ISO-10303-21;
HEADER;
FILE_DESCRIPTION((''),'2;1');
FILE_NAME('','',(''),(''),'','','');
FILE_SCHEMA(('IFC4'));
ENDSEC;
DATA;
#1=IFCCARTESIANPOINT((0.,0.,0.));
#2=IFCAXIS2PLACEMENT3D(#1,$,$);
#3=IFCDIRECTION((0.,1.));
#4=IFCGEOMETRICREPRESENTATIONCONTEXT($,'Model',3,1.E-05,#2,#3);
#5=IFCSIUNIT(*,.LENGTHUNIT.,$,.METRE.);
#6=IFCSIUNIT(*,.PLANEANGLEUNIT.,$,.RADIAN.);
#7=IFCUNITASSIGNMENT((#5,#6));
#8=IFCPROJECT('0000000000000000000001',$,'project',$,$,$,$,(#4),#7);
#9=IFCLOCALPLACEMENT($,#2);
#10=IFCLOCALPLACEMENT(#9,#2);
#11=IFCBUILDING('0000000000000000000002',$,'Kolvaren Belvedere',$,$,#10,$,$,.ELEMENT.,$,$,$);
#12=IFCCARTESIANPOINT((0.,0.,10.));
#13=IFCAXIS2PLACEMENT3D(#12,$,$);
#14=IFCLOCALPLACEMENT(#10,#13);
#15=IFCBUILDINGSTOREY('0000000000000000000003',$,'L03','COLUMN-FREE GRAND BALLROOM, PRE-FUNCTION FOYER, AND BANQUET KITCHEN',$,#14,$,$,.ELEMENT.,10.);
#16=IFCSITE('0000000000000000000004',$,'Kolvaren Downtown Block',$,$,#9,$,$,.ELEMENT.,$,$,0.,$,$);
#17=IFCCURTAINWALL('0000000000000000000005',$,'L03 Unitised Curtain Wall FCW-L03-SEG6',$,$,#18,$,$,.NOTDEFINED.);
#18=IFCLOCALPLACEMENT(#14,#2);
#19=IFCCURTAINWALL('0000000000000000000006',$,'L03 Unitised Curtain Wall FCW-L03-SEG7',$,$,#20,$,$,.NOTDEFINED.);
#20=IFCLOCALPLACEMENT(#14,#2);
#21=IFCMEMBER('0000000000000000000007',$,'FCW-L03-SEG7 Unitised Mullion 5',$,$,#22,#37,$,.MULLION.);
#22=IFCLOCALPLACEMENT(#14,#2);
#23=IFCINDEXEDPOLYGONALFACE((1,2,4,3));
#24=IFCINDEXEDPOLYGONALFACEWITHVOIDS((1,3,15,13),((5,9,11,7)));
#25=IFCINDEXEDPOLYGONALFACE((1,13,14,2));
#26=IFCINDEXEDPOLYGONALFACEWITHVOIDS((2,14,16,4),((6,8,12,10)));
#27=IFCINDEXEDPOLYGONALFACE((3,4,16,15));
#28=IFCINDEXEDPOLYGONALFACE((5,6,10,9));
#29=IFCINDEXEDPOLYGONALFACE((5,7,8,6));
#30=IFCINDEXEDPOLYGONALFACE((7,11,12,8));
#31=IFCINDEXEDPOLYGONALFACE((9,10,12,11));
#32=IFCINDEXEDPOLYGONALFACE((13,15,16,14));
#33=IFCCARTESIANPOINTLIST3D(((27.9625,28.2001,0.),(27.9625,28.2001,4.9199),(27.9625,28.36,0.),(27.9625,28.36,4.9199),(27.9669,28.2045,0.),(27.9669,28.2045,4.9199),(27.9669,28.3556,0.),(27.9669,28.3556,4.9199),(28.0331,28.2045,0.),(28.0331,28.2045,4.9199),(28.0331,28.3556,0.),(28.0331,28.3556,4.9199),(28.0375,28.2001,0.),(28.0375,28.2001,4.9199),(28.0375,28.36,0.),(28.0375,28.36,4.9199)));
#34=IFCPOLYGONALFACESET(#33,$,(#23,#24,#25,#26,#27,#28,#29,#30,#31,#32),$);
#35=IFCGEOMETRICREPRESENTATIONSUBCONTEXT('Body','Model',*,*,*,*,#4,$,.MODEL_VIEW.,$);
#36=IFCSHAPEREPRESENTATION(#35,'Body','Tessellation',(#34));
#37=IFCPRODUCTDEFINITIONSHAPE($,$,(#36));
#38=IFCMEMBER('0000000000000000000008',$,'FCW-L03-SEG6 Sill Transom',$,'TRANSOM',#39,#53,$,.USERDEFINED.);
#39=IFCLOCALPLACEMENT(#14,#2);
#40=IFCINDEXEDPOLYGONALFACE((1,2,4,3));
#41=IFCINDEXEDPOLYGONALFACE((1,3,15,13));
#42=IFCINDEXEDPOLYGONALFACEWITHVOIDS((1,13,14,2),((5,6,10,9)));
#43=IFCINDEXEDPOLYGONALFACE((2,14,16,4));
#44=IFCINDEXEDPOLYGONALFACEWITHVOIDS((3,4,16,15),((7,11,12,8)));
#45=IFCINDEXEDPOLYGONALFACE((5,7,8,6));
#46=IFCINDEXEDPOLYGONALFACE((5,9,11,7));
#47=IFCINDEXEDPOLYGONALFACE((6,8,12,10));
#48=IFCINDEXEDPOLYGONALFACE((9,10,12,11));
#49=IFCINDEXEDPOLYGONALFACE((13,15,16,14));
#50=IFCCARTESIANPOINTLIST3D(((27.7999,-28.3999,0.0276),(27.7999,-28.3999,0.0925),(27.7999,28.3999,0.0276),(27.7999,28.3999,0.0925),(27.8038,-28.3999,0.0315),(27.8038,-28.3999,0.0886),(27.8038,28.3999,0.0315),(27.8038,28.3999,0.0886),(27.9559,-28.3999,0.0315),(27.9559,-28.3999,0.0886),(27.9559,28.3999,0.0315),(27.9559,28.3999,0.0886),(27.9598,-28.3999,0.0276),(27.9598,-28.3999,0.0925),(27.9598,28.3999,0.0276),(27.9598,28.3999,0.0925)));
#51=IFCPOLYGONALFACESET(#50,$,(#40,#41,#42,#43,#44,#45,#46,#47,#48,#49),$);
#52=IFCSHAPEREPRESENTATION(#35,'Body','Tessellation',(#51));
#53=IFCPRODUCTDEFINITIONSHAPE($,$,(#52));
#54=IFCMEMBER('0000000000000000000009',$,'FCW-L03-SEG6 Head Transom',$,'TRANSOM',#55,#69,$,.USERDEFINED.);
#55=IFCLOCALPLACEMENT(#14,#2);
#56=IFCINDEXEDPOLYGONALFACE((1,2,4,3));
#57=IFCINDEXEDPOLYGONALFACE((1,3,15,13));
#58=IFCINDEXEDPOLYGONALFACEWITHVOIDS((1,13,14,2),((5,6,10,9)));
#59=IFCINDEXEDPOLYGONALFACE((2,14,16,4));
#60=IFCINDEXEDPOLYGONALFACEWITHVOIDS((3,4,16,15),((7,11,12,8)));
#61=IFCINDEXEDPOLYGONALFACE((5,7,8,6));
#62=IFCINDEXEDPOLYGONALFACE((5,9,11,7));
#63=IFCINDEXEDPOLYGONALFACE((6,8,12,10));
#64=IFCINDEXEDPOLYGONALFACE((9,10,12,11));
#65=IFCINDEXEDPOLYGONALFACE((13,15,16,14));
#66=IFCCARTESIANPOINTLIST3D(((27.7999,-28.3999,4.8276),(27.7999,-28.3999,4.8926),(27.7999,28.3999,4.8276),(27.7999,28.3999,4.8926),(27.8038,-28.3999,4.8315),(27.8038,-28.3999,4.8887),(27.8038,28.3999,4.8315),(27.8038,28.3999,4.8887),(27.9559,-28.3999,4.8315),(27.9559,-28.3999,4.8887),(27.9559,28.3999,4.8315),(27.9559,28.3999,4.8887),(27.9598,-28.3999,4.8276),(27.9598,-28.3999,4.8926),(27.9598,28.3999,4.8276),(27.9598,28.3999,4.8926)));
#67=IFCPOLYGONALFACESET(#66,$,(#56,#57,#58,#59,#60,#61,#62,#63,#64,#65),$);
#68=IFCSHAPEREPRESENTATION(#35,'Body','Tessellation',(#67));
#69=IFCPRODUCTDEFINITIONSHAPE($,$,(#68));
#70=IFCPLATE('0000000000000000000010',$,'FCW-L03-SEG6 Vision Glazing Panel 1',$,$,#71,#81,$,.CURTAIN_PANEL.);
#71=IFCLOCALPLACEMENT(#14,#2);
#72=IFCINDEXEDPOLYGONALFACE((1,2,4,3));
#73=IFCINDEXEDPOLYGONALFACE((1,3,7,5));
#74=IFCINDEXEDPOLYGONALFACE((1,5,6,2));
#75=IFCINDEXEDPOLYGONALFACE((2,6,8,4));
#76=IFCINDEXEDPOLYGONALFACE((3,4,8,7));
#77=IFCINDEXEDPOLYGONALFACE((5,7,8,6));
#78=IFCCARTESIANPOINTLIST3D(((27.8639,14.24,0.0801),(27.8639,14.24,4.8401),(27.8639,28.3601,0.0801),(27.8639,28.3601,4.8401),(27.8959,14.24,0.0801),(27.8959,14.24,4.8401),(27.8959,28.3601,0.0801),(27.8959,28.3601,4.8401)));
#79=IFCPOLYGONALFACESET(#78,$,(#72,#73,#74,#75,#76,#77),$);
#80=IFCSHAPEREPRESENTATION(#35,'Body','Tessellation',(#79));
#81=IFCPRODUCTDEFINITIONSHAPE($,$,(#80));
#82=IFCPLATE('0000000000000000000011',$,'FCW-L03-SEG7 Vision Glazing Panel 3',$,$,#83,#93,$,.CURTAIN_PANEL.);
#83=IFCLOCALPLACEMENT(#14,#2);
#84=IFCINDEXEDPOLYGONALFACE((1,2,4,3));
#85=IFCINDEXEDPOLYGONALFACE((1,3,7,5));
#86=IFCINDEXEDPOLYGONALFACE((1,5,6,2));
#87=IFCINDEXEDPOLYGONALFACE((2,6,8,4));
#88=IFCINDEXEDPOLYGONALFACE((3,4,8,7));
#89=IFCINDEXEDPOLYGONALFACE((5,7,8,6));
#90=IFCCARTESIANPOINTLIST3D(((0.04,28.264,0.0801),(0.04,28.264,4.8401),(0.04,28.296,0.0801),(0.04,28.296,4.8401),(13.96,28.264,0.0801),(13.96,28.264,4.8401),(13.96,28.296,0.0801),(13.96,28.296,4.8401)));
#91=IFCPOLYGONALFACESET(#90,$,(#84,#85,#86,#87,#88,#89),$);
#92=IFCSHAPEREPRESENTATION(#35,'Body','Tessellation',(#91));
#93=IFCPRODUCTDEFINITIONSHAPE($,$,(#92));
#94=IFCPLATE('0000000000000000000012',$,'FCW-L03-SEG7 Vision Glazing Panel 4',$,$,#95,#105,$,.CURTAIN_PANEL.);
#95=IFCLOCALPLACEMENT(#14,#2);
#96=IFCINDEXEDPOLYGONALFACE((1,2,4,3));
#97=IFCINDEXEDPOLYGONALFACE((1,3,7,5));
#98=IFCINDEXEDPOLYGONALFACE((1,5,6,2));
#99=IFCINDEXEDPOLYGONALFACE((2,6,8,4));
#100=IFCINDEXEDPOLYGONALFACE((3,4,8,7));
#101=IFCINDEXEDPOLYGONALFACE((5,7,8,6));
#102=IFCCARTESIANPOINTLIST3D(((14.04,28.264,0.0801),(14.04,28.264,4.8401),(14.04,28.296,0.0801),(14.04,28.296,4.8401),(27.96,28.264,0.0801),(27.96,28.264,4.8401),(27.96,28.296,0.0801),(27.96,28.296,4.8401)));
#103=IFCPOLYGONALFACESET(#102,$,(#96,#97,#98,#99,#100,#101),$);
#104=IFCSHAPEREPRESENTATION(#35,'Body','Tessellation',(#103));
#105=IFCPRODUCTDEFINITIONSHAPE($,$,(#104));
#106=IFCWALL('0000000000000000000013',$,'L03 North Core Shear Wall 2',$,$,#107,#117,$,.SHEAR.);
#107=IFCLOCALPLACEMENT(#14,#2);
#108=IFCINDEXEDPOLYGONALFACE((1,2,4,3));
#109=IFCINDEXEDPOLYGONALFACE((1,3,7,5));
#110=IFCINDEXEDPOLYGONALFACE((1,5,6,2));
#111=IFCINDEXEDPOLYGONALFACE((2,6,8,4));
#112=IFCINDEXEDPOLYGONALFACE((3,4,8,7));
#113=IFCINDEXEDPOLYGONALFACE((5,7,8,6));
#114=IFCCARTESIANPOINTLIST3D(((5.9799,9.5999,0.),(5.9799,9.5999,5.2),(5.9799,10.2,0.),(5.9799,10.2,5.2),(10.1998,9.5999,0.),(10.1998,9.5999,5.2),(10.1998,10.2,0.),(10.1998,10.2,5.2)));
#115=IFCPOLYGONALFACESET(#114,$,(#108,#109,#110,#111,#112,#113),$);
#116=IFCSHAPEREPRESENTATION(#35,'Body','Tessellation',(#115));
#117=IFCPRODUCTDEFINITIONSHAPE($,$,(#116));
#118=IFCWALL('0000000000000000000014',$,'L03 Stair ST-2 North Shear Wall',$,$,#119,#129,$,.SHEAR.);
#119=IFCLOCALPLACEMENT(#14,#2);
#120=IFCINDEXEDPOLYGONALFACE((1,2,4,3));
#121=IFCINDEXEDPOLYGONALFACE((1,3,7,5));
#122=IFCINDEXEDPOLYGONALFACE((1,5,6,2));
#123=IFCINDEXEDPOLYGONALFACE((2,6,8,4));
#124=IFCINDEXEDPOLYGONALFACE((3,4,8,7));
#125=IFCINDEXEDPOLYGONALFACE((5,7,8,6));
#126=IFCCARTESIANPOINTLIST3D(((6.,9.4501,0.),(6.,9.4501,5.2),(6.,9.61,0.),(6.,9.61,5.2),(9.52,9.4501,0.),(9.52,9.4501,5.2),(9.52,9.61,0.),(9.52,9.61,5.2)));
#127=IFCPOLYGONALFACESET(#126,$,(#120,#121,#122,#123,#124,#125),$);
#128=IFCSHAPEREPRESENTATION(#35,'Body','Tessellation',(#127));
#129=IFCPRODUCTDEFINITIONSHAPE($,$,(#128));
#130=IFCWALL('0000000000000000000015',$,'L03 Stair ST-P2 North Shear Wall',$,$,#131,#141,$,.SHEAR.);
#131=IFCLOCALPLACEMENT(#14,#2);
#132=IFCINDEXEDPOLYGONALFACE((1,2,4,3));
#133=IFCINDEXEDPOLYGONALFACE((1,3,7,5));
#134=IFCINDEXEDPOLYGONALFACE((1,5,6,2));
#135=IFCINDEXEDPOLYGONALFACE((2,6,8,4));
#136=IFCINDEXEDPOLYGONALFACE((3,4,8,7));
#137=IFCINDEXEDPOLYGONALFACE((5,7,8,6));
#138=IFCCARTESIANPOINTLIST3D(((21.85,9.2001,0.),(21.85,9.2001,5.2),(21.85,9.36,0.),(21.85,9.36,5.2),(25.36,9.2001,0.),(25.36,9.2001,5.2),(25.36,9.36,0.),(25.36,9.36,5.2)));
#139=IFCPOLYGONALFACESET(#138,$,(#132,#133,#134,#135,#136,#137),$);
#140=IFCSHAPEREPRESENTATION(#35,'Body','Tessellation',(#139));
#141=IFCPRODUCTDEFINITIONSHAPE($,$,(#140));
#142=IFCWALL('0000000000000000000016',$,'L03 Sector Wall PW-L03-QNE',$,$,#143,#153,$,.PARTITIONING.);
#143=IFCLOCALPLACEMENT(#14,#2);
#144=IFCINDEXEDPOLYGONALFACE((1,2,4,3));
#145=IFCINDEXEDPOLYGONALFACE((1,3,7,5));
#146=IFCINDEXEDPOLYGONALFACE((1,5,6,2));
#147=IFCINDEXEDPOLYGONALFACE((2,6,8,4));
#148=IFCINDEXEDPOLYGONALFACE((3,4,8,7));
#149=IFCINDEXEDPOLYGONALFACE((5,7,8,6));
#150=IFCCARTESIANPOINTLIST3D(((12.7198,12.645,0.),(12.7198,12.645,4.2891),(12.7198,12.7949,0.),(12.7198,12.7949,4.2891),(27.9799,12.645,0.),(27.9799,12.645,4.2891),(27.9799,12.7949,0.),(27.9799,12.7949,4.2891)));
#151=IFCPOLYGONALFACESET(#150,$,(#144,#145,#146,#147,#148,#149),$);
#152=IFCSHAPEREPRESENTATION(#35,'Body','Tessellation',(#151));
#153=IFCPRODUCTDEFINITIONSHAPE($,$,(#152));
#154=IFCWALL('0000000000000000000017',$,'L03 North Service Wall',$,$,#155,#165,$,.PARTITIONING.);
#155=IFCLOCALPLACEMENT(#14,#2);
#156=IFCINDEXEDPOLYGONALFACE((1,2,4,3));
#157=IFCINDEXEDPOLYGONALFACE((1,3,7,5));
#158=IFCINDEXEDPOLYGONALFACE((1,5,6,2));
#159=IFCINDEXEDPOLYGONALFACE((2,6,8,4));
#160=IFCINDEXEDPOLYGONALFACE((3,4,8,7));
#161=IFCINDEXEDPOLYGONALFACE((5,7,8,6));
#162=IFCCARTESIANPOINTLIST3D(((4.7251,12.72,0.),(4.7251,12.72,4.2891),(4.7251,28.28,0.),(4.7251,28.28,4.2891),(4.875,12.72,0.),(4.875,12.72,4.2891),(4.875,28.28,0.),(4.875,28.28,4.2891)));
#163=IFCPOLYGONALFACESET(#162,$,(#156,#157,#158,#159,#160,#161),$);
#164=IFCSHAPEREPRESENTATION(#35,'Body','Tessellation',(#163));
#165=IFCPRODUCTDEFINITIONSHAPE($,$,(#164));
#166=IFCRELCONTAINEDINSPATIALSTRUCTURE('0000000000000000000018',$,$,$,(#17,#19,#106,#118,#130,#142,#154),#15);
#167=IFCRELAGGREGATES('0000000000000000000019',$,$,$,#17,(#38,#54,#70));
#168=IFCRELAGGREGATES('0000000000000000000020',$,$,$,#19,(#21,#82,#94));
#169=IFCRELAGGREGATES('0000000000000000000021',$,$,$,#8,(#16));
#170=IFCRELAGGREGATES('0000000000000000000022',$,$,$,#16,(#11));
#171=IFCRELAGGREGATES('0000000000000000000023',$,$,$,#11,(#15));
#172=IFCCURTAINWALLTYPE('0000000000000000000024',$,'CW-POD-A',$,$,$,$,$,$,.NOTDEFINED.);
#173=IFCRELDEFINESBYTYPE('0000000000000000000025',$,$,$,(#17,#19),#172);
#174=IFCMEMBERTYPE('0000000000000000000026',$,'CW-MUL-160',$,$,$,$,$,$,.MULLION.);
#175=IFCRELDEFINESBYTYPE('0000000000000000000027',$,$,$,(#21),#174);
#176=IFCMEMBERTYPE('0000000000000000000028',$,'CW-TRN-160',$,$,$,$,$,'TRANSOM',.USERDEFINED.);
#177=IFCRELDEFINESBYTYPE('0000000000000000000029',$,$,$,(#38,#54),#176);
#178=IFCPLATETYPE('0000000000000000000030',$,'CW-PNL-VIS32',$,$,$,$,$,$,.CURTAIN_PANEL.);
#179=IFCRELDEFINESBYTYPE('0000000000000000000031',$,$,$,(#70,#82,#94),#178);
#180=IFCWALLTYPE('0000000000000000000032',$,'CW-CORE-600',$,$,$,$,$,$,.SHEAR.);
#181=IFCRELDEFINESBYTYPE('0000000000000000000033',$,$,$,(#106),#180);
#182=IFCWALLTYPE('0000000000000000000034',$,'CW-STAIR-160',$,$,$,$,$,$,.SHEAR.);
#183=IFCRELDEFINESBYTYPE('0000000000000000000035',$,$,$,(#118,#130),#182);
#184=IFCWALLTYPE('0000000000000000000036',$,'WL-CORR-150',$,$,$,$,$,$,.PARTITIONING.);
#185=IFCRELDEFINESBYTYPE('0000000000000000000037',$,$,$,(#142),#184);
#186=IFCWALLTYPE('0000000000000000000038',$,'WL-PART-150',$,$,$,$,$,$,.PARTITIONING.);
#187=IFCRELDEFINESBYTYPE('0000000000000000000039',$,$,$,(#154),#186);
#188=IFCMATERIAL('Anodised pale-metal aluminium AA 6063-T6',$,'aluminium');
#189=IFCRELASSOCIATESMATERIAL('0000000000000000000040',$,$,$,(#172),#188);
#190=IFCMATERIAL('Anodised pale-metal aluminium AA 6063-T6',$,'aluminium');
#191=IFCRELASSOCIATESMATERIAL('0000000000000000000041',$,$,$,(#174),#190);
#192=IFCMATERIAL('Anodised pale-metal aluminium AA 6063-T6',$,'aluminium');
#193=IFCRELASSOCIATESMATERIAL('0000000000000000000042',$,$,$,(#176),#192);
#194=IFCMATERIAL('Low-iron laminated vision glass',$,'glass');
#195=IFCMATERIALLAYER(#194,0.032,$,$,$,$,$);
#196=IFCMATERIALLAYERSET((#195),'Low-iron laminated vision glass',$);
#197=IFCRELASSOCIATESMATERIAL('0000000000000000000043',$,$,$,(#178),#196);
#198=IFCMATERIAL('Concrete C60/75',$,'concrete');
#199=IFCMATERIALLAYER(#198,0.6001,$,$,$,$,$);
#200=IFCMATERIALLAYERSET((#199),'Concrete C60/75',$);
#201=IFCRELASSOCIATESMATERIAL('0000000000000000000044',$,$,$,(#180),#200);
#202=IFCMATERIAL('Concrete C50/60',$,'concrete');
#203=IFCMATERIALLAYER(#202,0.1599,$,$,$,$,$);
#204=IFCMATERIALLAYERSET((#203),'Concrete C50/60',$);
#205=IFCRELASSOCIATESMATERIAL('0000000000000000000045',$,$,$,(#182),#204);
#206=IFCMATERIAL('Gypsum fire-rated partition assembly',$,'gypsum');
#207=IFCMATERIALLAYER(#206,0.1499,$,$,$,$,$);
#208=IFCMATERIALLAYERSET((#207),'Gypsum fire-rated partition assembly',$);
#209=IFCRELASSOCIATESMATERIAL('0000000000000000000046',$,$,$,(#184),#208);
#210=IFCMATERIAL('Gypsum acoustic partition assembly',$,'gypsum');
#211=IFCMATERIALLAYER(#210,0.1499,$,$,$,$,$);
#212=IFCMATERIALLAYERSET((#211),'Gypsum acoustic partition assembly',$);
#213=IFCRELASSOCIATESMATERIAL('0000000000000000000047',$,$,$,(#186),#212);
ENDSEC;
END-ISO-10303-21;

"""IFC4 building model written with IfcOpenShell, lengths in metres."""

from ifc_helpers import new_model, si_unit, direction, frame, frame_2d, origin, origin_2d, place, context, subcontext, project, spatial, rectangle, hollow_rectangle, extrude, material, layer, layer_set, material_profile, profile_set, type_object, element, aggregate, save


model = new_model("IFC4")

# Units and contexts
model_context = context("Model", 3, precision=1e-05, world=origin(), true_north=direction((0.0, 1.0)))
body_context = subcontext(model_context, "Body", "Model", "MODEL_VIEW")
ifc_project = project(units=[si_unit("LENGTHUNIT", "METRE"), si_unit("PLANEANGLEUNIT", "RADIAN")], contexts=[model_context])

# Site, building, storey
site_placement = place(None, origin())
site = spatial("IfcSite", under=ifc_project, at=site_placement, Name="Kolvaren Downtown Block", CompositionType="ELEMENT", RefElevation=0.0)
building_placement = place(site_placement, origin())
building = spatial("IfcBuilding", under=site, at=building_placement, Name="Kolvaren Belvedere", CompositionType="ELEMENT")
storey_placement = place(building_placement, frame((0.0, 0.0, 10.0)))
storey = spatial("IfcBuildingStorey", under=building, at=storey_placement, Name="L03", Description="COLUMN-FREE GRAND BALLROOM, PRE-FUNCTION FOYER, AND BANQUET KITCHEN", CompositionType="ELEMENT", Elevation=10.0)

# Curtain walls, member
ifc_material_1 = material(Name="Anodised pale-metal aluminium AA 6063-T6", Category="aluminium")
curtain_wall_type = type_object("IfcCurtainWallType", Name="CW-POD-A", PredefinedType="NOTDEFINED", material=ifc_material_1)
curtain_wall_1_placement = place(storey_placement, origin())
curtain_wall_1 = element("IfcCurtainWall", 1, at=curtain_wall_1_placement, inside=storey, type_object=curtain_wall_type, Name="L03 Unitised Curtain Wall FCW-L03-SEG6", PredefinedType="NOTDEFINED")
ifc_material_2 = material(Name="Anodised pale-metal aluminium AA 6063-T6", Category="aluminium")
ifc_material_profile_1 = material_profile(ifc_material_2, hollow_rectangle(XDim=0.075, YDim=0.1599, WallThickness=0.0044, at=origin_2d()), Name="ALU-MUL-160X75")
ifc_profile_set_1 = profile_set([ifc_material_profile_1], Name="Anodised pale-metal aluminium AA 6063-T6")
member_type_1 = type_object("IfcMemberType", Name="CW-MUL-160", PredefinedType="MULLION", material=ifc_profile_set_1)
curtain_wall_2_placement = place(storey_placement, origin())
curtain_wall_2 = element("IfcCurtainWall", 2, at=curtain_wall_2_placement, inside=storey, type_object=curtain_wall_type, Name="L03 Unitised Curtain Wall FCW-L03-SEG7", PredefinedType="NOTDEFINED")
member_1_placement = place(storey_placement, frame((28.0, 28.28, 0.0), z_axis=(0.0, 0.0, 1.0), x_axis=(1.0, 0.0, 0.0)))
member_1 = element("IfcMember", 3, at=member_1_placement, type_object=member_type_1, Name="FCW-L03-SEG7 Unitised Mullion 5", PredefinedType="MULLION", context=body_context, shape_type="SweptSolid", body=[
    extrude(hollow_rectangle(XDim=0.075, YDim=0.1599, WallThickness=0.0044, at=origin_2d()), origin(), (0.0, 0.0, 1.0), 4.9199),
])

# Members
ifc_material_3 = material(Name="Anodised pale-metal aluminium AA 6063-T6", Category="aluminium")
ifc_material_profile_2 = material_profile(ifc_material_3, hollow_rectangle(XDim=0.0649, YDim=0.1599, WallThickness=0.0039, at=origin_2d()), Name="ALU-TRN-160X65")
ifc_profile_set_2 = profile_set([ifc_material_profile_2], Name="Anodised pale-metal aluminium AA 6063-T6")
member_type_2 = type_object("IfcMemberType", Name="CW-TRN-160", ElementType="TRANSOM", PredefinedType="USERDEFINED", material=ifc_profile_set_2)
member_2_placement = place(storey_placement, frame((27.8799, 28.3999, 0.0601), z_axis=(0.0, -1.0, 0.0), x_axis=(0.0, 0.0, 1.0)))
member_2 = element("IfcMember", 4, at=member_2_placement, type_object=member_type_2, Name="FCW-L03-SEG6 Sill Transom", ObjectType="TRANSOM", PredefinedType="USERDEFINED", context=body_context, shape_type="SweptSolid", body=[
    extrude(hollow_rectangle(XDim=0.0649, YDim=0.1599, WallThickness=0.0039, at=origin_2d()), origin(), (0.0, 0.0, 1.0), 56.7998),
])
member_3_placement = place(storey_placement, frame((27.8799, 28.3999, 4.8601), z_axis=(0.0, -1.0, 0.0), x_axis=(0.0, 0.0, 1.0)))
member_3 = element("IfcMember", 5, at=member_3_placement, type_object=member_type_2, Name="FCW-L03-SEG6 Head Transom", ObjectType="TRANSOM", PredefinedType="USERDEFINED", context=body_context, shape_type="SweptSolid", body=[
    extrude(hollow_rectangle(XDim=0.0649, YDim=0.1599, WallThickness=0.0039, at=origin_2d()), origin(), (0.0, 0.0, 1.0), 56.7998),
])

# Plates
ifc_material_4 = material(Name="Low-iron laminated vision glass", Category="glass")
ifc_layer_1 = layer(ifc_material_4, 0.032)
ifc_layer_set_1 = layer_set([ifc_layer_1], Name="Low-iron laminated vision glass")
plate_type = type_object("IfcPlateType", Name="CW-PNL-VIS32", PredefinedType="CURTAIN_PANEL", material=ifc_layer_set_1)
plate_1_placement = place(storey_placement, frame((27.8799, 21.3, 0.0801), z_axis=(0.0, 0.0, 1.0), x_axis=(0.0, -1.0, 0.0)))
plate_1 = element("IfcPlate", 6, at=plate_1_placement, type_object=plate_type, Name="FCW-L03-SEG6 Vision Glazing Panel 1", PredefinedType="CURTAIN_PANEL", context=body_context, shape_type="SweptSolid", body=[
    extrude(rectangle(XDim=14.1201, YDim=0.032, at=origin_2d()), origin(), (0.0, 0.0, 1.0), 4.76),
])
aggregate(curtain_wall_1, [member_2, member_3, plate_1])
plate_2_placement = place(storey_placement, frame((7.0, 28.28, 0.0801), z_axis=(0.0, 0.0, 1.0), x_axis=(1.0, 0.0, 0.0)))
plate_2 = element("IfcPlate", 7, at=plate_2_placement, type_object=plate_type, Name="FCW-L03-SEG7 Vision Glazing Panel 3", PredefinedType="CURTAIN_PANEL", context=body_context, shape_type="SweptSolid", body=[
    extrude(rectangle(XDim=13.9199, YDim=0.032, at=origin_2d()), origin(), (0.0, 0.0, 1.0), 4.76),
])
plate_3_placement = place(storey_placement, frame((21.0, 28.28, 0.0801), z_axis=(0.0, 0.0, 1.0), x_axis=(1.0, 0.0, 0.0)))
plate_3 = element("IfcPlate", 8, at=plate_3_placement, type_object=plate_type, Name="FCW-L03-SEG7 Vision Glazing Panel 4", PredefinedType="CURTAIN_PANEL", context=body_context, shape_type="SweptSolid", body=[
    extrude(rectangle(XDim=13.9199, YDim=0.032, at=origin_2d()), origin(), (0.0, 0.0, 1.0), 4.76),
])
aggregate(curtain_wall_2, [member_1, plate_2, plate_3])

# Walls
ifc_material_5 = material(Name="Concrete C60/75", Category="concrete")
ifc_layer_2 = layer(ifc_material_5, 0.6001)
ifc_layer_set_2 = layer_set([ifc_layer_2], Name="Concrete C60/75")
wall_type_1 = type_object("IfcWallType", Name="CW-CORE-600", PredefinedType="SHEAR", material=ifc_layer_set_2)
wall_1_placement = place(storey_placement, frame((5.98, 9.8999, 0.0), z_axis=(0.0, 0.0, 1.0), x_axis=(1.0, 0.0, 0.0)))
element("IfcWall", 9, at=wall_1_placement, inside=storey, type_object=wall_type_1, Name="L03 North Core Shear Wall 2", PredefinedType="SHEAR", context=body_context, shape_type="SweptSolid", body=[
    extrude(rectangle(XDim=4.22, YDim=0.6001, at=frame_2d((2.1099, 0.0))), origin(), (0.0, 0.0, 1.0), 5.2),
])
ifc_material_6 = material(Name="Concrete C50/60", Category="concrete")
ifc_layer_3 = layer(ifc_material_6, 0.1599)
ifc_layer_set_3 = layer_set([ifc_layer_3], Name="Concrete C50/60")
wall_type_2 = type_object("IfcWallType", Name="CW-STAIR-160", PredefinedType="SHEAR", material=ifc_layer_set_3)
wall_2_placement = place(storey_placement, frame((6.0, 9.53, 0.0), z_axis=(0.0, 0.0, 1.0), x_axis=(1.0, 0.0, 0.0)))
element("IfcWall", 10, at=wall_2_placement, inside=storey, type_object=wall_type_2, Name="L03 Stair ST-2 North Shear Wall", PredefinedType="SHEAR", context=body_context, shape_type="SweptSolid", body=[
    extrude(rectangle(XDim=3.52, YDim=0.1599, at=frame_2d((1.76, 0.0))), origin(), (0.0, 0.0, 1.0), 5.2),
])
wall_3_placement = place(storey_placement, frame((21.8501, 9.28, 0.0), z_axis=(0.0, 0.0, 1.0), x_axis=(1.0, 0.0, 0.0)))
element("IfcWall", 11, at=wall_3_placement, inside=storey, type_object=wall_type_2, Name="L03 Stair ST-P2 North Shear Wall", PredefinedType="SHEAR", context=body_context, shape_type="SweptSolid", body=[
    extrude(rectangle(XDim=3.51, YDim=0.1599, at=frame_2d((1.7549, 0.0))), origin(), (0.0, 0.0, 1.0), 5.2),
])
ifc_material_7 = material(Name="Gypsum fire-rated partition assembly", Category="gypsum")
ifc_layer_4 = layer(ifc_material_7, 0.1499)
ifc_layer_set_4 = layer_set([ifc_layer_4], Name="Gypsum fire-rated partition assembly")
wall_type_3 = type_object("IfcWallType", Name="WL-CORR-150", PredefinedType="PARTITIONING", material=ifc_layer_set_4)
wall_4_placement = place(storey_placement, frame((12.72, 12.72, 0.0), z_axis=(0.0, 0.0, 1.0), x_axis=(1.0, 0.0, 0.0)))
element("IfcWall", 12, at=wall_4_placement, inside=storey, type_object=wall_type_3, Name="L03 Sector Wall PW-L03-QNE", PredefinedType="PARTITIONING", context=body_context, shape_type="SweptSolid", body=[
    extrude(rectangle(XDim=15.26, YDim=0.1499, at=frame_2d((7.6299, 0.0))), origin(), (0.0, 0.0, 1.0), 4.2891),
])
ifc_material_8 = material(Name="Gypsum acoustic partition assembly", Category="gypsum")
ifc_layer_5 = layer(ifc_material_8, 0.1499)
ifc_layer_set_5 = layer_set([ifc_layer_5], Name="Gypsum acoustic partition assembly")
wall_type_4 = type_object("IfcWallType", Name="WL-PART-150", PredefinedType="PARTITIONING", material=ifc_layer_set_5)
wall_5_placement = place(storey_placement, frame((4.8, 12.72, 0.0), z_axis=(0.0, 0.0, 1.0), x_axis=(0.0, 1.0, 0.0)))
element("IfcWall", 13, at=wall_5_placement, inside=storey, type_object=wall_type_4, Name="L03 North Service Wall", PredefinedType="PARTITIONING", context=body_context, shape_type="SweptSolid", body=[
    extrude(rectangle(XDim=15.5601, YDim=0.1499, at=frame_2d((7.78, 0.0))), origin(), (0.0, 0.0, 1.0), 4.2891),
])

save(model, "model.ifc")
